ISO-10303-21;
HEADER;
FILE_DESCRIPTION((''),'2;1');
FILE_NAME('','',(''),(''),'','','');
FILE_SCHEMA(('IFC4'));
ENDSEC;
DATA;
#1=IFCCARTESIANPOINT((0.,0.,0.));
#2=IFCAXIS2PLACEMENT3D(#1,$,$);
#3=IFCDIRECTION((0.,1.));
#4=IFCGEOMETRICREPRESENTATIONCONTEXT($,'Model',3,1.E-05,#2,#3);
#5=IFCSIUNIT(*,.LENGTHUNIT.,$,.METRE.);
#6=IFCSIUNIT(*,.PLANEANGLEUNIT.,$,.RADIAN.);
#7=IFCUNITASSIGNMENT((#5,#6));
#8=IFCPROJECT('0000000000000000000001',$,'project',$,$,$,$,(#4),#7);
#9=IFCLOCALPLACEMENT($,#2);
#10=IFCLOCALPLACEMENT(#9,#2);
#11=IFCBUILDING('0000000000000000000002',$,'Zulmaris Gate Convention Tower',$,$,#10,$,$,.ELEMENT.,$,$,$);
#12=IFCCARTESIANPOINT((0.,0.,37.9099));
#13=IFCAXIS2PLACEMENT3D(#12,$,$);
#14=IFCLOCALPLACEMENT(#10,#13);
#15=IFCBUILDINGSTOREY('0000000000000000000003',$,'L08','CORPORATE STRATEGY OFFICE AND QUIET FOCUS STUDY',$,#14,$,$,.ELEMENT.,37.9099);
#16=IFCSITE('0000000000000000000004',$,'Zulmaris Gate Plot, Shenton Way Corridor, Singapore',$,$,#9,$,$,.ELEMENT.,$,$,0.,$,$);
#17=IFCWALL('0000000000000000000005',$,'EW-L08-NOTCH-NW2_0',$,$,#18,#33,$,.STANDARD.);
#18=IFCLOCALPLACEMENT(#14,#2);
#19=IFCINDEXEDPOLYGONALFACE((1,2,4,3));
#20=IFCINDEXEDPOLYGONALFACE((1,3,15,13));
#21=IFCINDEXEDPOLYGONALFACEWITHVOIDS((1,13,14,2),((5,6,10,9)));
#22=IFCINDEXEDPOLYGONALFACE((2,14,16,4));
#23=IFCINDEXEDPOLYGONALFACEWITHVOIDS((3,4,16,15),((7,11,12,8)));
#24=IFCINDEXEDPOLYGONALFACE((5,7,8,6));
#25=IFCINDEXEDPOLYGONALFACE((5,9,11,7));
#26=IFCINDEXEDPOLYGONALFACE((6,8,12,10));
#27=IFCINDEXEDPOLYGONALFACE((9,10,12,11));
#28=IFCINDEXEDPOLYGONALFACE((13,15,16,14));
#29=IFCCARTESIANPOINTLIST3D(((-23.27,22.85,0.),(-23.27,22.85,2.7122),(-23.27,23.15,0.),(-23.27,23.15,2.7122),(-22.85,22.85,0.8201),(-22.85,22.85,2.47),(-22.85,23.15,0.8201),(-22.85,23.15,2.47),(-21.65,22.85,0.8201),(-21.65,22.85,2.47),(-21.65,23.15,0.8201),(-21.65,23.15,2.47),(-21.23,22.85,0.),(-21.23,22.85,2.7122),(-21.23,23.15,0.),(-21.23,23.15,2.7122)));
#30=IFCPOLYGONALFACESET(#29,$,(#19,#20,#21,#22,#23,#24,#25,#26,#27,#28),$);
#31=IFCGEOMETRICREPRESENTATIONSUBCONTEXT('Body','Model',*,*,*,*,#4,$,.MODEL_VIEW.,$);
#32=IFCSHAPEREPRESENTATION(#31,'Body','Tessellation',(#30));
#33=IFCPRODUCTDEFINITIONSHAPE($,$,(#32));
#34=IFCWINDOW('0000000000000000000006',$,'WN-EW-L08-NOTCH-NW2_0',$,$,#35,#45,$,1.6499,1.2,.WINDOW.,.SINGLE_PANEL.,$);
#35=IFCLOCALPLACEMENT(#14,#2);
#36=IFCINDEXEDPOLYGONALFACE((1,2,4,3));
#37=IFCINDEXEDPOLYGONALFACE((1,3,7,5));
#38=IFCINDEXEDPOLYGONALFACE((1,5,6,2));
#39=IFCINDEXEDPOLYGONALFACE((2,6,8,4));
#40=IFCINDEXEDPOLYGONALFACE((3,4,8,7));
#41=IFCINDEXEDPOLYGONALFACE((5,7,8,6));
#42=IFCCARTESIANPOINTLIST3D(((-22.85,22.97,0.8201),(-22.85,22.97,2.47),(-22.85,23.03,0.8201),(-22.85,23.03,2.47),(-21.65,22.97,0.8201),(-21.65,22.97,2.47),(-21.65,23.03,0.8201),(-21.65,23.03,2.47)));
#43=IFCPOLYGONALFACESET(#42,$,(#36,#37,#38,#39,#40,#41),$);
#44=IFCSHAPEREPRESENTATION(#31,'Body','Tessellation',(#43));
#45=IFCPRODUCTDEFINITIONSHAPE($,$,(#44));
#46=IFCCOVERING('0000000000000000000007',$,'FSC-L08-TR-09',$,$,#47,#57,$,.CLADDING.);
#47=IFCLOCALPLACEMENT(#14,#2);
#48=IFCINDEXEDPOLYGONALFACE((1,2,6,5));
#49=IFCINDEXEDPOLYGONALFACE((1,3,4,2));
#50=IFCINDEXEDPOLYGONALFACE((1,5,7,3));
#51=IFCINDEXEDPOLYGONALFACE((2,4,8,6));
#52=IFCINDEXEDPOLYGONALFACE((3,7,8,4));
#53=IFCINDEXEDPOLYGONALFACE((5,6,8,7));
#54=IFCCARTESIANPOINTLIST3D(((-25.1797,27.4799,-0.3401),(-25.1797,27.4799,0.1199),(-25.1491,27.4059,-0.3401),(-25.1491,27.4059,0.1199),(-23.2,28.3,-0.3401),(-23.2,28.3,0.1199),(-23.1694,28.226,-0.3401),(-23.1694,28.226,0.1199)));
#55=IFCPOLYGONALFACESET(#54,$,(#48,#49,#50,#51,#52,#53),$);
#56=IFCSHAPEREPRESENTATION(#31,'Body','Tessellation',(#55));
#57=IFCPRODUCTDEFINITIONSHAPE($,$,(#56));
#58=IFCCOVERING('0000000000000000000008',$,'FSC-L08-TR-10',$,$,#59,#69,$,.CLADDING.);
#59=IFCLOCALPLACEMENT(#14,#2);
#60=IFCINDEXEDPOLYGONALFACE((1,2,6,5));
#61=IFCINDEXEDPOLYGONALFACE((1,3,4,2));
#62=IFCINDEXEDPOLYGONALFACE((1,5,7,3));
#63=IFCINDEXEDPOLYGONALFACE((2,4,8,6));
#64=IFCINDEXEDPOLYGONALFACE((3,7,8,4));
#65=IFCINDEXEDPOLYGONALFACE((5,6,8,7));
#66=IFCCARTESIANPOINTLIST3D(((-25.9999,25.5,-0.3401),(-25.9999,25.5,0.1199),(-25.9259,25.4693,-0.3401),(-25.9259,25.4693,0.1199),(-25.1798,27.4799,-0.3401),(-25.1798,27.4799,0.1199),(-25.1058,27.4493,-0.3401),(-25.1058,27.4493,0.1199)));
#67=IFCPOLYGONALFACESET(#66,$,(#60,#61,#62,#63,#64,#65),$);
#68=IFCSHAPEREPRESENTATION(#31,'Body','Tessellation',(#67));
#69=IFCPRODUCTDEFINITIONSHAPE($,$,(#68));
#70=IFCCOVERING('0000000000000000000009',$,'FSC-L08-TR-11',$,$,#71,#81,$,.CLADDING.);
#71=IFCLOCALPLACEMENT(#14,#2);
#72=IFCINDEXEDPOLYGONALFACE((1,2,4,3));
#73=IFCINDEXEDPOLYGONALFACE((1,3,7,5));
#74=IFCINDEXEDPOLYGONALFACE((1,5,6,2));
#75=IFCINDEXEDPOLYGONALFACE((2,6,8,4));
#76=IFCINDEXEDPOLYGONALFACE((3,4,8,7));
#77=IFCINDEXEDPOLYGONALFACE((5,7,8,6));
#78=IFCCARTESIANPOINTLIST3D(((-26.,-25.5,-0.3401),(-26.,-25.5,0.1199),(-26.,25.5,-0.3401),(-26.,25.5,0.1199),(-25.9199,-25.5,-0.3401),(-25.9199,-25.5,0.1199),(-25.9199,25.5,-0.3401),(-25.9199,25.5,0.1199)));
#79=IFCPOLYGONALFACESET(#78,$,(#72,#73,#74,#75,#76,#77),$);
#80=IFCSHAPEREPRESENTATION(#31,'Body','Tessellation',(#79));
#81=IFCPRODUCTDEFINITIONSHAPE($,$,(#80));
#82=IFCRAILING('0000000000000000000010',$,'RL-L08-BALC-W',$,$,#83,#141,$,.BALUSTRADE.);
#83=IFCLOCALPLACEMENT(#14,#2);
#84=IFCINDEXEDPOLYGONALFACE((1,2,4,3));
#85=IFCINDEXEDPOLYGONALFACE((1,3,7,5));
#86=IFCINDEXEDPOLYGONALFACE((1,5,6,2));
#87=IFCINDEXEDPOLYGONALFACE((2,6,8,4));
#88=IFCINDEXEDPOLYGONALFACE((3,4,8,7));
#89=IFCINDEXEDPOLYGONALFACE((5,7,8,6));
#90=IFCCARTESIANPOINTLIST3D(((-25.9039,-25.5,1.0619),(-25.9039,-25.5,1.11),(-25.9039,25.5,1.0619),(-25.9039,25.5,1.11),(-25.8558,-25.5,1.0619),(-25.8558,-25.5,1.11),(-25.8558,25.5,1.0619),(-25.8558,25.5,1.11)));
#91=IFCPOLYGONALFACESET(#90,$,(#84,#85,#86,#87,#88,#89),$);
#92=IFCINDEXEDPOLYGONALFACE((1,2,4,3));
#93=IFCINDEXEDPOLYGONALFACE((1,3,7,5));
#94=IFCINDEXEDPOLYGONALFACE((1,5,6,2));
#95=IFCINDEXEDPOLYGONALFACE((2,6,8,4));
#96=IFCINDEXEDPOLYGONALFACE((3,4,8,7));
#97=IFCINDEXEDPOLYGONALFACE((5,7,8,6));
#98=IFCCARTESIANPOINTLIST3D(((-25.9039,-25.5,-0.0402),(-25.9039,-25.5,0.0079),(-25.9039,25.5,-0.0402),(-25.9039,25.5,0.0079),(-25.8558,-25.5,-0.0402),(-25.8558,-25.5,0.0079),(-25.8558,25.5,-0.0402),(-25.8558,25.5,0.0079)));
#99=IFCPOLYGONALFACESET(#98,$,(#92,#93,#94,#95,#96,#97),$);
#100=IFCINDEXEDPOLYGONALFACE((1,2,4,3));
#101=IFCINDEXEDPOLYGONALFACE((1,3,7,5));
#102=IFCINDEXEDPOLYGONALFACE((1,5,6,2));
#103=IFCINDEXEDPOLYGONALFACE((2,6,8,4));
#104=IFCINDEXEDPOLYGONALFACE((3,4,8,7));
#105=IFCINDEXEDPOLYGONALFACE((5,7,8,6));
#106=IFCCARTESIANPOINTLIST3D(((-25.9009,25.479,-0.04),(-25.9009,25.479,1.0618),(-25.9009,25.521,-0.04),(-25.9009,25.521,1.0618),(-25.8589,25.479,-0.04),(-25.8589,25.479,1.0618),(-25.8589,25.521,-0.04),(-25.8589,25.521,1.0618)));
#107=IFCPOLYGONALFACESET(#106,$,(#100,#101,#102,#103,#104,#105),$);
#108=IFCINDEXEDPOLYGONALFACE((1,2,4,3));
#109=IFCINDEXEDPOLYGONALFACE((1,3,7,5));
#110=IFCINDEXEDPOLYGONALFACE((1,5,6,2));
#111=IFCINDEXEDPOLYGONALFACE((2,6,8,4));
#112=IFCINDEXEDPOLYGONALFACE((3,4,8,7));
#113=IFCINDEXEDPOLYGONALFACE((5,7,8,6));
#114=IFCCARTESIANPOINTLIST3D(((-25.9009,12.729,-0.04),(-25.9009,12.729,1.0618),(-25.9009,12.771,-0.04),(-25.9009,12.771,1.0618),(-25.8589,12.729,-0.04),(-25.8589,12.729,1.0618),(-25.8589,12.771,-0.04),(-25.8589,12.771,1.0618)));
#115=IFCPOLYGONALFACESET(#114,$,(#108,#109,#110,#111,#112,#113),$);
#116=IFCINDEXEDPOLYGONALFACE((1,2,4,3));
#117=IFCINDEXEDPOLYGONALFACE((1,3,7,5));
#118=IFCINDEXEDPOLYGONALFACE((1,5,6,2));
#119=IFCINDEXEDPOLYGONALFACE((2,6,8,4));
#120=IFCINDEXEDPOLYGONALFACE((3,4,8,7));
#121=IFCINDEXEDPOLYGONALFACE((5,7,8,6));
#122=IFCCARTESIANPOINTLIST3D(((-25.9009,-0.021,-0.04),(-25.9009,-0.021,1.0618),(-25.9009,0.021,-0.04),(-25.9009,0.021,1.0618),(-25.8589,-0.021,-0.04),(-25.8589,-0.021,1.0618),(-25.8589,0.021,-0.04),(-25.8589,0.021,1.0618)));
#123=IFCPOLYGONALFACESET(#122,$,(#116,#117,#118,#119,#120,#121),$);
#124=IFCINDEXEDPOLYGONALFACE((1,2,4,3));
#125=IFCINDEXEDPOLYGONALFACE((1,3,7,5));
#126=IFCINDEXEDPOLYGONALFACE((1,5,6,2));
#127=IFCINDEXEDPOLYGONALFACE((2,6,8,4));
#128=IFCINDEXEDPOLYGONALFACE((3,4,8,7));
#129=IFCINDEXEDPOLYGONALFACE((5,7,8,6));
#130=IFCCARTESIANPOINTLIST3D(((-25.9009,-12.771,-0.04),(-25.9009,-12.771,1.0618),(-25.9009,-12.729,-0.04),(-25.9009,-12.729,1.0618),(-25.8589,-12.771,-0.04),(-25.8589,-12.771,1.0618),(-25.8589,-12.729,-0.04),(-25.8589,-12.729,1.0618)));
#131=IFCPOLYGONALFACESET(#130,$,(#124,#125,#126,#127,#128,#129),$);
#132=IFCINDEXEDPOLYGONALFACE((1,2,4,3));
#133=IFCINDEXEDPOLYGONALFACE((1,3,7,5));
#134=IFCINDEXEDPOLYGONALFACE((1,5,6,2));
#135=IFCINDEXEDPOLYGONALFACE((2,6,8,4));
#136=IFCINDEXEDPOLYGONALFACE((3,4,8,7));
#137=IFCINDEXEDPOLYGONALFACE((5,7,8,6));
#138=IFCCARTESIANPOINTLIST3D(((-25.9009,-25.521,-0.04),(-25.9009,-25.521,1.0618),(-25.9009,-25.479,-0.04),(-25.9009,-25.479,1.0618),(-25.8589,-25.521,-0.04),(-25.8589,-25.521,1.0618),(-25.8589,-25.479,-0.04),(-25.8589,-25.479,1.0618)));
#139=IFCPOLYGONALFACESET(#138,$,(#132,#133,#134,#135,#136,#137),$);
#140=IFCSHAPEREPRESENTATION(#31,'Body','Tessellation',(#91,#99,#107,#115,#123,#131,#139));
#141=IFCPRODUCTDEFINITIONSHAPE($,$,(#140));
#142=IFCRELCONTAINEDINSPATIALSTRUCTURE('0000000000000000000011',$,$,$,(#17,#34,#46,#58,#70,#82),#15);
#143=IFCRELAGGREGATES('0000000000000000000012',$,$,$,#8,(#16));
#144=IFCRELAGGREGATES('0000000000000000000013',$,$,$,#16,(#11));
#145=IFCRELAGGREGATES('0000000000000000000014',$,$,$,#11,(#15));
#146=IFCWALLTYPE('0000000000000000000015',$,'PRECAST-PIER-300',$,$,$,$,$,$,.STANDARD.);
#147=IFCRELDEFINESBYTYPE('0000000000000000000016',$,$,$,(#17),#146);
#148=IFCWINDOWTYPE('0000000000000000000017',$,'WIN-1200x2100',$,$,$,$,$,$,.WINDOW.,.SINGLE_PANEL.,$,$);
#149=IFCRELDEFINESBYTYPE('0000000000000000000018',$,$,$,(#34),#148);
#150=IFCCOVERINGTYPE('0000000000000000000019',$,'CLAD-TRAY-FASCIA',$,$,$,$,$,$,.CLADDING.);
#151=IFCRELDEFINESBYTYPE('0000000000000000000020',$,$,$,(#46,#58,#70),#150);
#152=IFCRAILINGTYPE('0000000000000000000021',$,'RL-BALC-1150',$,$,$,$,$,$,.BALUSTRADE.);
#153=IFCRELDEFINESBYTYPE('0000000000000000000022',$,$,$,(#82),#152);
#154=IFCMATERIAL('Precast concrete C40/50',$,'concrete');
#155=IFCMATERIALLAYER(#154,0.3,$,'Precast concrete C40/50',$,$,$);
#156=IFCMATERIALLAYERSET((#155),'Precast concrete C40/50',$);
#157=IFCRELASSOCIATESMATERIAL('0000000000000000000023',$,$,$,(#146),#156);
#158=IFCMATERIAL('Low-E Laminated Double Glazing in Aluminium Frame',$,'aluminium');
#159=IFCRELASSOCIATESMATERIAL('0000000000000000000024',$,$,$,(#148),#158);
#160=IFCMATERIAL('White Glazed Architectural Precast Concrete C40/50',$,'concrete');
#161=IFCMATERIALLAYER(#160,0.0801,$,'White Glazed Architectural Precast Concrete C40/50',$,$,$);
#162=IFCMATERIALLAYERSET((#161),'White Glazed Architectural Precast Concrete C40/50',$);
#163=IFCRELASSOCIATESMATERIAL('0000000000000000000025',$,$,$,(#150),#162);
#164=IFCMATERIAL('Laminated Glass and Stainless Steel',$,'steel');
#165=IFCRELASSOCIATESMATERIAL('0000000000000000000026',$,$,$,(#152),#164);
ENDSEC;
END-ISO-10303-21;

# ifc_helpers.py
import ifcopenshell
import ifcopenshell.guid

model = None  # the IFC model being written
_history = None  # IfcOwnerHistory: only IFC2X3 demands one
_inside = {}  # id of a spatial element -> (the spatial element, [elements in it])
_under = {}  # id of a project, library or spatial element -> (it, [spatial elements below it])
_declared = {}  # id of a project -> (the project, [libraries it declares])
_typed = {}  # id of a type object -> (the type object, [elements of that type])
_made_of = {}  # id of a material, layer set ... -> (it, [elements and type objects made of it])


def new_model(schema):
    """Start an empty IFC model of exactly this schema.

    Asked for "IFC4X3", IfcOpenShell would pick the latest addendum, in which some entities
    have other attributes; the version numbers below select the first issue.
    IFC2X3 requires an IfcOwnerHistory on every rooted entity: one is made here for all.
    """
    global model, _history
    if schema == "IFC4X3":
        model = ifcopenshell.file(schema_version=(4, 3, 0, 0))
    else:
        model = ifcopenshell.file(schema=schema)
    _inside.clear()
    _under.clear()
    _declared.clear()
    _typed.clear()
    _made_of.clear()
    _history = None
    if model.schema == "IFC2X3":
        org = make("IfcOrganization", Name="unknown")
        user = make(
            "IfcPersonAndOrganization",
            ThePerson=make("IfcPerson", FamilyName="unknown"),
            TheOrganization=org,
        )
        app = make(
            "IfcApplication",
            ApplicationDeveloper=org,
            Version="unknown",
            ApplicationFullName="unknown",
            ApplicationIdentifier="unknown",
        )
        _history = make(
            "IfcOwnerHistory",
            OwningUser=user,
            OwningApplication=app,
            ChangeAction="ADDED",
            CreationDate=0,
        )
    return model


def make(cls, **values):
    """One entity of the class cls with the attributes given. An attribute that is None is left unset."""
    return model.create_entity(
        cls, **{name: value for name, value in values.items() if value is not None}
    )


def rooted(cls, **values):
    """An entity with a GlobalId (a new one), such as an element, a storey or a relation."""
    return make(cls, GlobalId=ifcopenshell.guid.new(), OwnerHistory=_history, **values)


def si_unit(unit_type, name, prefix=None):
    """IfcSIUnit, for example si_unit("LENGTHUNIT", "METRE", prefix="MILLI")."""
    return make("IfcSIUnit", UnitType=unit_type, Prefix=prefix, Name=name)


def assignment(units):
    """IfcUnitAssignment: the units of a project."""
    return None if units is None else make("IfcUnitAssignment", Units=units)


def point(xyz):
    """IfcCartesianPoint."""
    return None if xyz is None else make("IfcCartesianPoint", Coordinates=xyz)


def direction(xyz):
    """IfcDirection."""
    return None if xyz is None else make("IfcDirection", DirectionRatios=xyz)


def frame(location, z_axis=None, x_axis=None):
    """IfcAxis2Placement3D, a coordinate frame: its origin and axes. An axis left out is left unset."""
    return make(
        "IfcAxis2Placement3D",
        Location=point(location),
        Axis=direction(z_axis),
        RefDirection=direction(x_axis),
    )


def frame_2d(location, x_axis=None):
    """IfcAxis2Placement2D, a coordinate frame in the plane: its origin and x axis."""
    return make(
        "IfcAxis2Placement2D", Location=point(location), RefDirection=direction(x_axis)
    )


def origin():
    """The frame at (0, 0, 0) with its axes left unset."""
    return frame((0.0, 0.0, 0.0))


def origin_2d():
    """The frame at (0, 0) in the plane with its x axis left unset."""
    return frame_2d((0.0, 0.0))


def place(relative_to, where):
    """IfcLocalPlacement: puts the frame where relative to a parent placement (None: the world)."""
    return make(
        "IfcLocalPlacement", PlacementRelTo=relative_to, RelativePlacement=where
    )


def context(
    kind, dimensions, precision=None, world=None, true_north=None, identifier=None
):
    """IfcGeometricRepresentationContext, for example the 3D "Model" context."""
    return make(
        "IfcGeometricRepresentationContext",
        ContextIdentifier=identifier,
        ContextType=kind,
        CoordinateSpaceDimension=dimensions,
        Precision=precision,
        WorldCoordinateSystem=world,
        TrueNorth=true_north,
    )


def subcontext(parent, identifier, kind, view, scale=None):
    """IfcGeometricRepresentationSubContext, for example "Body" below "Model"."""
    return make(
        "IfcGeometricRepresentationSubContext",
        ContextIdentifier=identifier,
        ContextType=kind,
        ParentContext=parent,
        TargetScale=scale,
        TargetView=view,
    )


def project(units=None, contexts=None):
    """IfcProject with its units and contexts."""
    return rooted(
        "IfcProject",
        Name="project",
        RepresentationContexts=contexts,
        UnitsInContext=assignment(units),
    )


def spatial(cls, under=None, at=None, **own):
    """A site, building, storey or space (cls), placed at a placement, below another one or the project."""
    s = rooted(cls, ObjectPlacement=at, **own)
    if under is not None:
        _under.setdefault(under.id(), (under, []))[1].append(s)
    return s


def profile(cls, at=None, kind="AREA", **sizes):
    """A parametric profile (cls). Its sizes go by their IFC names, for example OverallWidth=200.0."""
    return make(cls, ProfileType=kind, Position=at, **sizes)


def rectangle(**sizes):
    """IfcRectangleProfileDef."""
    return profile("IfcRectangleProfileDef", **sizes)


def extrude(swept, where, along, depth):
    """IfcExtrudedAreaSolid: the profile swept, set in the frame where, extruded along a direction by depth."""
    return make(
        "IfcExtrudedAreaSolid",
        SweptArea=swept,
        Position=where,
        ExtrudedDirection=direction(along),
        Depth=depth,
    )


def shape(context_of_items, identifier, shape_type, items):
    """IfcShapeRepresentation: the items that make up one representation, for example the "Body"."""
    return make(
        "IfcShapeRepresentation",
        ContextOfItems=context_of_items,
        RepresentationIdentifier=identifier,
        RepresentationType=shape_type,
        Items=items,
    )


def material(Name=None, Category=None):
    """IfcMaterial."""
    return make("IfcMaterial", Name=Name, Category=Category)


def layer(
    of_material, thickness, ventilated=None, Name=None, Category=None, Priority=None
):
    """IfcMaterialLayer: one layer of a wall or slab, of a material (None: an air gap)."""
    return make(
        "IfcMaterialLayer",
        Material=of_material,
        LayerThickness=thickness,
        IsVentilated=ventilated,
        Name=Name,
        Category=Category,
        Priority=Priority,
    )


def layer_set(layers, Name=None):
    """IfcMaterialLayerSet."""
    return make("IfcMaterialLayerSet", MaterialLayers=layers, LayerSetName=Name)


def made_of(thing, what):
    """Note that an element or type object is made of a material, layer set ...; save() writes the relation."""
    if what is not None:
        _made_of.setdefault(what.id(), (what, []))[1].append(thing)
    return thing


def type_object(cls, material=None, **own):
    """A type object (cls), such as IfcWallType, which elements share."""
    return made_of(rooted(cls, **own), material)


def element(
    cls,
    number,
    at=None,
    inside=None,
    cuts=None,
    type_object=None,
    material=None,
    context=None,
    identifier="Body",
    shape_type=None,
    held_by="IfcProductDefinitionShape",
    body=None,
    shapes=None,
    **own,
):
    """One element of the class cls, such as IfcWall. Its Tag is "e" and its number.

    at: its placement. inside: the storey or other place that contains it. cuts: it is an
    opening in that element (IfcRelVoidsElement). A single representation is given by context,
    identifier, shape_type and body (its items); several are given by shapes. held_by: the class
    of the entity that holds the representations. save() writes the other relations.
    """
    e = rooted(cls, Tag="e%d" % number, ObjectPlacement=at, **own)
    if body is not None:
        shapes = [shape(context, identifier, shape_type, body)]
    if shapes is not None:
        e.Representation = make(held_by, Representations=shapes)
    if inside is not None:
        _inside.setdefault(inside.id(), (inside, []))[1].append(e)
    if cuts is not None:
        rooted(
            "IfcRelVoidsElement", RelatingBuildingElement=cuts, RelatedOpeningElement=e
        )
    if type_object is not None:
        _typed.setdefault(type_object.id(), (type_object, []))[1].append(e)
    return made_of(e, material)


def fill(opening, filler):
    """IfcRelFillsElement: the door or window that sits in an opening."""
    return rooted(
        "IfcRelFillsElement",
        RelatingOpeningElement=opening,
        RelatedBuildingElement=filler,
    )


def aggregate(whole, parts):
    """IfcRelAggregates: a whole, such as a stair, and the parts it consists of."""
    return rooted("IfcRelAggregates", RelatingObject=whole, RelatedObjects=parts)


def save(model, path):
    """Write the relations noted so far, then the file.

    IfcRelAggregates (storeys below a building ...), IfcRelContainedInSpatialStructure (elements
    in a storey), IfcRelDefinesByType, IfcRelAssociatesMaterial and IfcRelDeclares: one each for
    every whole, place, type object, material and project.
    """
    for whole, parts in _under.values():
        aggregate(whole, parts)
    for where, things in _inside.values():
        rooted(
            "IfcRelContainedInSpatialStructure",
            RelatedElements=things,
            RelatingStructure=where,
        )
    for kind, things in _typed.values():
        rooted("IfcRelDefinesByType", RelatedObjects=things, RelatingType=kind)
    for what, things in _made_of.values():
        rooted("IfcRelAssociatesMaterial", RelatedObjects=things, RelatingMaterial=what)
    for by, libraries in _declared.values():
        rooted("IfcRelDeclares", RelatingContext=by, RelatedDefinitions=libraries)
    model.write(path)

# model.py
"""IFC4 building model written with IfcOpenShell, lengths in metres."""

from ifc_helpers import new_model, si_unit, direction, frame, frame_2d, origin, origin_2d, place, context, subcontext, project, spatial, rectangle, extrude, material, layer, layer_set, type_object, element, fill, save


model = new_model("IFC4")

# Units and contexts
model_context = context("Model", 3, precision=1e-05, world=origin(), true_north=direction((0.0, 1.0)))
body_context = subcontext(model_context, "Body", "Model", "MODEL_VIEW")
ifc_project = project(units=[si_unit("LENGTHUNIT", "METRE"), si_unit("PLANEANGLEUNIT", "RADIAN")], contexts=[model_context])

# Site, building, storey
site_placement = place(None, origin())
site = spatial("IfcSite", under=ifc_project, at=site_placement, Name="Zulmaris Gate Plot, Shenton Way Corridor, Singapore", CompositionType="ELEMENT", RefElevation=0.0)
building_placement = place(site_placement, origin())
building = spatial("IfcBuilding", under=site, at=building_placement, Name="Zulmaris Gate Convention Tower", CompositionType="ELEMENT")
storey_placement = place(building_placement, frame((0.0, 0.0, 37.9099)))
storey = spatial("IfcBuildingStorey", under=building, at=storey_placement, Name="L08", Description="CORPORATE STRATEGY OFFICE AND QUIET FOCUS STUDY", CompositionType="ELEMENT", Elevation=37.9099)

# Wall, opening, window
ifc_material_1 = material(Name="Precast concrete C40/50", Category="concrete")
ifc_layer_1 = layer(ifc_material_1, 0.3, Name="Precast concrete C40/50")
ifc_layer_set_1 = layer_set([ifc_layer_1], Name="Precast concrete C40/50")
wall_type = type_object("IfcWallType", Name="PRECAST-PIER-300", PredefinedType="STANDARD", material=ifc_layer_set_1)
ifc_material_2 = material(Name="Low-E Laminated Double Glazing in Aluminium Frame", Category="aluminium")
window_type = type_object("IfcWindowType", Name="WIN-1200x2100", PartitioningType="SINGLE_PANEL", PredefinedType="WINDOW", material=ifc_material_2)
wall_1_placement = place(storey_placement, frame((-21.23, 23.0, 0.0), z_axis=(0.0, 0.0, 1.0), x_axis=(-1.0, 0.0, 0.0)))
wall_1 = element("IfcWall", 1, at=wall_1_placement, inside=storey, type_object=wall_type, Name="EW-L08-NOTCH-NW2_0", PredefinedType="STANDARD", context=body_context, shape_type="SweptSolid", body=[
    extrude(rectangle(XDim=2.04, YDim=0.3, at=frame_2d((1.02, 0.0))), origin(), (0.0, 0.0, 1.0), 2.7122),
])
opening_1_placement = place(wall_1_placement, frame((0.4199, 0.0, 0.8201)))
opening_1 = element("IfcOpeningElement", 2, at=opening_1_placement, cuts=wall_1, PredefinedType="OPENING", context=body_context, shape_type="SweptSolid", body=[
    extrude(rectangle(XDim=1.2, YDim=1.6499, at=frame_2d((0.6001, 0.825))), frame((0.0, 0.1602, 0.0), z_axis=(0.0, -1.0, 0.0), x_axis=(1.0, 0.0, 0.0)), (0.0, 0.0, 1.0), 0.3201),
])
window_1_placement = place(opening_1_placement, origin())
window_1 = element("IfcWindow", 3, at=window_1_placement, inside=storey, type_object=window_type, Name="WN-EW-L08-NOTCH-NW2_0", OverallHeight=1.6499, OverallWidth=1.2, PartitioningType="SINGLE_PANEL", PredefinedType="WINDOW", context=body_context, shape_type="SweptSolid", body=[
    extrude(rectangle(XDim=1.2, YDim=1.6499, at=frame_2d((0.6001, 0.825))), frame((0.0, 0.03, 0.0), z_axis=(0.0, -1.0, 0.0), x_axis=(1.0, 0.0, 0.0)), (0.0, 0.0, 1.0), 0.0601),
])
fill(opening_1, window_1)

# Coverings
ifc_material_3 = material(Name="White Glazed Architectural Precast Concrete C40/50", Category="concrete")
ifc_layer_2 = layer(ifc_material_3, 0.0801, Name="White Glazed Architectural Precast Concrete C40/50")
ifc_layer_set_2 = layer_set([ifc_layer_2], Name="White Glazed Architectural Precast Concrete C40/50")
covering_type = type_object("IfcCoveringType", Name="CLAD-TRAY-FASCIA", PredefinedType="CLADDING", material=ifc_layer_set_2)
covering_1_placement = place(storey_placement, frame((-23.1848, 28.2629, -0.3401), z_axis=(0.0, 0.0, 1.0), x_axis=(-0.923874, -0.382697, 0.0)))
element("IfcCovering", 4, at=covering_1_placement, inside=storey, type_object=covering_type, Name="FSC-L08-TR-09", PredefinedType="CLADDING", context=body_context, shape_type="SweptSolid", body=[
    extrude(rectangle(XDim=2.1428, YDim=0.0801, at=frame_2d((1.0713, 0.0))), origin(), (0.0, 0.0, 1.0), 0.46),
])
covering_2_placement = place(storey_placement, frame((-25.1428, 27.4646, -0.3401), z_axis=(0.0, 0.0, 1.0), x_axis=(-0.382657, -0.92389, 0.0)))
element("IfcCovering", 5, at=covering_2_placement, inside=storey, type_object=covering_type, Name="FSC-L08-TR-10", PredefinedType="CLADDING", context=body_context, shape_type="SweptSolid", body=[
    extrude(rectangle(XDim=2.1431, YDim=0.0801, at=frame_2d((1.0715, 0.0))), origin(), (0.0, 0.0, 1.0), 0.46),
])
covering_3_placement = place(storey_placement, frame((-25.96, 25.5, -0.3401), z_axis=(0.0, 0.0, 1.0), x_axis=(0.0, -1.0, 0.0)))
element("IfcCovering", 6, at=covering_3_placement, inside=storey, type_object=covering_type, Name="FSC-L08-TR-11", PredefinedType="CLADDING", context=body_context, shape_type="SweptSolid", body=[
    extrude(rectangle(XDim=51.0, YDim=0.0801, at=frame_2d((25.5, 0.0))), origin(), (0.0, 0.0, 1.0), 0.46),
])

# Railing
ifc_material_4 = material(Name="Laminated Glass and Stainless Steel", Category="steel")
railing_type = type_object("IfcRailingType", Name="RL-BALC-1150", PredefinedType="BALUSTRADE", material=ifc_material_4)
railing_placement = place(storey_placement, frame((-25.8799, 25.5, -0.04)))
element("IfcRailing", 7, at=railing_placement, inside=storey, type_object=railing_type, Name="RL-L08-BALC-W", PredefinedType="BALUSTRADE", context=body_context, shape_type="SweptSolid", body=[
    extrude(rectangle(XDim=0.0481, YDim=0.0481, at=origin_2d()), frame((0.0, 0.0, 1.126), z_axis=(0.0, -1.0, 0.0), x_axis=(1.0, 0.0, 0.0)), (0.0, 0.0, 1.0), 51.0),
    extrude(rectangle(XDim=0.0481, YDim=0.0481, at=origin_2d()), frame((0.0, 0.0, 0.0239), z_axis=(0.0, -1.0, 0.0), x_axis=(1.0, 0.0, 0.0)), (0.0, 0.0, 1.0), 51.0),
    extrude(rectangle(XDim=0.042, YDim=0.042, at=origin_2d()), origin(), (0.0, 0.0, 1.0), 1.1018),
    extrude(rectangle(XDim=0.042, YDim=0.042, at=origin_2d()), frame((0.0, -12.75, 0.0)), (0.0, 0.0, 1.0), 1.1018),
    extrude(rectangle(XDim=0.042, YDim=0.042, at=origin_2d()), frame((0.0, -25.5, 0.0)), (0.0, 0.0, 1.0), 1.1018),
    extrude(rectangle(XDim=0.042, YDim=0.042, at=origin_2d()), frame((0.0, -38.25, 0.0)), (0.0, 0.0, 1.0), 1.1018),
    extrude(rectangle(XDim=0.042, YDim=0.042, at=origin_2d()), frame((0.0, -51.0, 0.0)), (0.0, 0.0, 1.0), 1.1018),
])

save(model, "model.ifc")
